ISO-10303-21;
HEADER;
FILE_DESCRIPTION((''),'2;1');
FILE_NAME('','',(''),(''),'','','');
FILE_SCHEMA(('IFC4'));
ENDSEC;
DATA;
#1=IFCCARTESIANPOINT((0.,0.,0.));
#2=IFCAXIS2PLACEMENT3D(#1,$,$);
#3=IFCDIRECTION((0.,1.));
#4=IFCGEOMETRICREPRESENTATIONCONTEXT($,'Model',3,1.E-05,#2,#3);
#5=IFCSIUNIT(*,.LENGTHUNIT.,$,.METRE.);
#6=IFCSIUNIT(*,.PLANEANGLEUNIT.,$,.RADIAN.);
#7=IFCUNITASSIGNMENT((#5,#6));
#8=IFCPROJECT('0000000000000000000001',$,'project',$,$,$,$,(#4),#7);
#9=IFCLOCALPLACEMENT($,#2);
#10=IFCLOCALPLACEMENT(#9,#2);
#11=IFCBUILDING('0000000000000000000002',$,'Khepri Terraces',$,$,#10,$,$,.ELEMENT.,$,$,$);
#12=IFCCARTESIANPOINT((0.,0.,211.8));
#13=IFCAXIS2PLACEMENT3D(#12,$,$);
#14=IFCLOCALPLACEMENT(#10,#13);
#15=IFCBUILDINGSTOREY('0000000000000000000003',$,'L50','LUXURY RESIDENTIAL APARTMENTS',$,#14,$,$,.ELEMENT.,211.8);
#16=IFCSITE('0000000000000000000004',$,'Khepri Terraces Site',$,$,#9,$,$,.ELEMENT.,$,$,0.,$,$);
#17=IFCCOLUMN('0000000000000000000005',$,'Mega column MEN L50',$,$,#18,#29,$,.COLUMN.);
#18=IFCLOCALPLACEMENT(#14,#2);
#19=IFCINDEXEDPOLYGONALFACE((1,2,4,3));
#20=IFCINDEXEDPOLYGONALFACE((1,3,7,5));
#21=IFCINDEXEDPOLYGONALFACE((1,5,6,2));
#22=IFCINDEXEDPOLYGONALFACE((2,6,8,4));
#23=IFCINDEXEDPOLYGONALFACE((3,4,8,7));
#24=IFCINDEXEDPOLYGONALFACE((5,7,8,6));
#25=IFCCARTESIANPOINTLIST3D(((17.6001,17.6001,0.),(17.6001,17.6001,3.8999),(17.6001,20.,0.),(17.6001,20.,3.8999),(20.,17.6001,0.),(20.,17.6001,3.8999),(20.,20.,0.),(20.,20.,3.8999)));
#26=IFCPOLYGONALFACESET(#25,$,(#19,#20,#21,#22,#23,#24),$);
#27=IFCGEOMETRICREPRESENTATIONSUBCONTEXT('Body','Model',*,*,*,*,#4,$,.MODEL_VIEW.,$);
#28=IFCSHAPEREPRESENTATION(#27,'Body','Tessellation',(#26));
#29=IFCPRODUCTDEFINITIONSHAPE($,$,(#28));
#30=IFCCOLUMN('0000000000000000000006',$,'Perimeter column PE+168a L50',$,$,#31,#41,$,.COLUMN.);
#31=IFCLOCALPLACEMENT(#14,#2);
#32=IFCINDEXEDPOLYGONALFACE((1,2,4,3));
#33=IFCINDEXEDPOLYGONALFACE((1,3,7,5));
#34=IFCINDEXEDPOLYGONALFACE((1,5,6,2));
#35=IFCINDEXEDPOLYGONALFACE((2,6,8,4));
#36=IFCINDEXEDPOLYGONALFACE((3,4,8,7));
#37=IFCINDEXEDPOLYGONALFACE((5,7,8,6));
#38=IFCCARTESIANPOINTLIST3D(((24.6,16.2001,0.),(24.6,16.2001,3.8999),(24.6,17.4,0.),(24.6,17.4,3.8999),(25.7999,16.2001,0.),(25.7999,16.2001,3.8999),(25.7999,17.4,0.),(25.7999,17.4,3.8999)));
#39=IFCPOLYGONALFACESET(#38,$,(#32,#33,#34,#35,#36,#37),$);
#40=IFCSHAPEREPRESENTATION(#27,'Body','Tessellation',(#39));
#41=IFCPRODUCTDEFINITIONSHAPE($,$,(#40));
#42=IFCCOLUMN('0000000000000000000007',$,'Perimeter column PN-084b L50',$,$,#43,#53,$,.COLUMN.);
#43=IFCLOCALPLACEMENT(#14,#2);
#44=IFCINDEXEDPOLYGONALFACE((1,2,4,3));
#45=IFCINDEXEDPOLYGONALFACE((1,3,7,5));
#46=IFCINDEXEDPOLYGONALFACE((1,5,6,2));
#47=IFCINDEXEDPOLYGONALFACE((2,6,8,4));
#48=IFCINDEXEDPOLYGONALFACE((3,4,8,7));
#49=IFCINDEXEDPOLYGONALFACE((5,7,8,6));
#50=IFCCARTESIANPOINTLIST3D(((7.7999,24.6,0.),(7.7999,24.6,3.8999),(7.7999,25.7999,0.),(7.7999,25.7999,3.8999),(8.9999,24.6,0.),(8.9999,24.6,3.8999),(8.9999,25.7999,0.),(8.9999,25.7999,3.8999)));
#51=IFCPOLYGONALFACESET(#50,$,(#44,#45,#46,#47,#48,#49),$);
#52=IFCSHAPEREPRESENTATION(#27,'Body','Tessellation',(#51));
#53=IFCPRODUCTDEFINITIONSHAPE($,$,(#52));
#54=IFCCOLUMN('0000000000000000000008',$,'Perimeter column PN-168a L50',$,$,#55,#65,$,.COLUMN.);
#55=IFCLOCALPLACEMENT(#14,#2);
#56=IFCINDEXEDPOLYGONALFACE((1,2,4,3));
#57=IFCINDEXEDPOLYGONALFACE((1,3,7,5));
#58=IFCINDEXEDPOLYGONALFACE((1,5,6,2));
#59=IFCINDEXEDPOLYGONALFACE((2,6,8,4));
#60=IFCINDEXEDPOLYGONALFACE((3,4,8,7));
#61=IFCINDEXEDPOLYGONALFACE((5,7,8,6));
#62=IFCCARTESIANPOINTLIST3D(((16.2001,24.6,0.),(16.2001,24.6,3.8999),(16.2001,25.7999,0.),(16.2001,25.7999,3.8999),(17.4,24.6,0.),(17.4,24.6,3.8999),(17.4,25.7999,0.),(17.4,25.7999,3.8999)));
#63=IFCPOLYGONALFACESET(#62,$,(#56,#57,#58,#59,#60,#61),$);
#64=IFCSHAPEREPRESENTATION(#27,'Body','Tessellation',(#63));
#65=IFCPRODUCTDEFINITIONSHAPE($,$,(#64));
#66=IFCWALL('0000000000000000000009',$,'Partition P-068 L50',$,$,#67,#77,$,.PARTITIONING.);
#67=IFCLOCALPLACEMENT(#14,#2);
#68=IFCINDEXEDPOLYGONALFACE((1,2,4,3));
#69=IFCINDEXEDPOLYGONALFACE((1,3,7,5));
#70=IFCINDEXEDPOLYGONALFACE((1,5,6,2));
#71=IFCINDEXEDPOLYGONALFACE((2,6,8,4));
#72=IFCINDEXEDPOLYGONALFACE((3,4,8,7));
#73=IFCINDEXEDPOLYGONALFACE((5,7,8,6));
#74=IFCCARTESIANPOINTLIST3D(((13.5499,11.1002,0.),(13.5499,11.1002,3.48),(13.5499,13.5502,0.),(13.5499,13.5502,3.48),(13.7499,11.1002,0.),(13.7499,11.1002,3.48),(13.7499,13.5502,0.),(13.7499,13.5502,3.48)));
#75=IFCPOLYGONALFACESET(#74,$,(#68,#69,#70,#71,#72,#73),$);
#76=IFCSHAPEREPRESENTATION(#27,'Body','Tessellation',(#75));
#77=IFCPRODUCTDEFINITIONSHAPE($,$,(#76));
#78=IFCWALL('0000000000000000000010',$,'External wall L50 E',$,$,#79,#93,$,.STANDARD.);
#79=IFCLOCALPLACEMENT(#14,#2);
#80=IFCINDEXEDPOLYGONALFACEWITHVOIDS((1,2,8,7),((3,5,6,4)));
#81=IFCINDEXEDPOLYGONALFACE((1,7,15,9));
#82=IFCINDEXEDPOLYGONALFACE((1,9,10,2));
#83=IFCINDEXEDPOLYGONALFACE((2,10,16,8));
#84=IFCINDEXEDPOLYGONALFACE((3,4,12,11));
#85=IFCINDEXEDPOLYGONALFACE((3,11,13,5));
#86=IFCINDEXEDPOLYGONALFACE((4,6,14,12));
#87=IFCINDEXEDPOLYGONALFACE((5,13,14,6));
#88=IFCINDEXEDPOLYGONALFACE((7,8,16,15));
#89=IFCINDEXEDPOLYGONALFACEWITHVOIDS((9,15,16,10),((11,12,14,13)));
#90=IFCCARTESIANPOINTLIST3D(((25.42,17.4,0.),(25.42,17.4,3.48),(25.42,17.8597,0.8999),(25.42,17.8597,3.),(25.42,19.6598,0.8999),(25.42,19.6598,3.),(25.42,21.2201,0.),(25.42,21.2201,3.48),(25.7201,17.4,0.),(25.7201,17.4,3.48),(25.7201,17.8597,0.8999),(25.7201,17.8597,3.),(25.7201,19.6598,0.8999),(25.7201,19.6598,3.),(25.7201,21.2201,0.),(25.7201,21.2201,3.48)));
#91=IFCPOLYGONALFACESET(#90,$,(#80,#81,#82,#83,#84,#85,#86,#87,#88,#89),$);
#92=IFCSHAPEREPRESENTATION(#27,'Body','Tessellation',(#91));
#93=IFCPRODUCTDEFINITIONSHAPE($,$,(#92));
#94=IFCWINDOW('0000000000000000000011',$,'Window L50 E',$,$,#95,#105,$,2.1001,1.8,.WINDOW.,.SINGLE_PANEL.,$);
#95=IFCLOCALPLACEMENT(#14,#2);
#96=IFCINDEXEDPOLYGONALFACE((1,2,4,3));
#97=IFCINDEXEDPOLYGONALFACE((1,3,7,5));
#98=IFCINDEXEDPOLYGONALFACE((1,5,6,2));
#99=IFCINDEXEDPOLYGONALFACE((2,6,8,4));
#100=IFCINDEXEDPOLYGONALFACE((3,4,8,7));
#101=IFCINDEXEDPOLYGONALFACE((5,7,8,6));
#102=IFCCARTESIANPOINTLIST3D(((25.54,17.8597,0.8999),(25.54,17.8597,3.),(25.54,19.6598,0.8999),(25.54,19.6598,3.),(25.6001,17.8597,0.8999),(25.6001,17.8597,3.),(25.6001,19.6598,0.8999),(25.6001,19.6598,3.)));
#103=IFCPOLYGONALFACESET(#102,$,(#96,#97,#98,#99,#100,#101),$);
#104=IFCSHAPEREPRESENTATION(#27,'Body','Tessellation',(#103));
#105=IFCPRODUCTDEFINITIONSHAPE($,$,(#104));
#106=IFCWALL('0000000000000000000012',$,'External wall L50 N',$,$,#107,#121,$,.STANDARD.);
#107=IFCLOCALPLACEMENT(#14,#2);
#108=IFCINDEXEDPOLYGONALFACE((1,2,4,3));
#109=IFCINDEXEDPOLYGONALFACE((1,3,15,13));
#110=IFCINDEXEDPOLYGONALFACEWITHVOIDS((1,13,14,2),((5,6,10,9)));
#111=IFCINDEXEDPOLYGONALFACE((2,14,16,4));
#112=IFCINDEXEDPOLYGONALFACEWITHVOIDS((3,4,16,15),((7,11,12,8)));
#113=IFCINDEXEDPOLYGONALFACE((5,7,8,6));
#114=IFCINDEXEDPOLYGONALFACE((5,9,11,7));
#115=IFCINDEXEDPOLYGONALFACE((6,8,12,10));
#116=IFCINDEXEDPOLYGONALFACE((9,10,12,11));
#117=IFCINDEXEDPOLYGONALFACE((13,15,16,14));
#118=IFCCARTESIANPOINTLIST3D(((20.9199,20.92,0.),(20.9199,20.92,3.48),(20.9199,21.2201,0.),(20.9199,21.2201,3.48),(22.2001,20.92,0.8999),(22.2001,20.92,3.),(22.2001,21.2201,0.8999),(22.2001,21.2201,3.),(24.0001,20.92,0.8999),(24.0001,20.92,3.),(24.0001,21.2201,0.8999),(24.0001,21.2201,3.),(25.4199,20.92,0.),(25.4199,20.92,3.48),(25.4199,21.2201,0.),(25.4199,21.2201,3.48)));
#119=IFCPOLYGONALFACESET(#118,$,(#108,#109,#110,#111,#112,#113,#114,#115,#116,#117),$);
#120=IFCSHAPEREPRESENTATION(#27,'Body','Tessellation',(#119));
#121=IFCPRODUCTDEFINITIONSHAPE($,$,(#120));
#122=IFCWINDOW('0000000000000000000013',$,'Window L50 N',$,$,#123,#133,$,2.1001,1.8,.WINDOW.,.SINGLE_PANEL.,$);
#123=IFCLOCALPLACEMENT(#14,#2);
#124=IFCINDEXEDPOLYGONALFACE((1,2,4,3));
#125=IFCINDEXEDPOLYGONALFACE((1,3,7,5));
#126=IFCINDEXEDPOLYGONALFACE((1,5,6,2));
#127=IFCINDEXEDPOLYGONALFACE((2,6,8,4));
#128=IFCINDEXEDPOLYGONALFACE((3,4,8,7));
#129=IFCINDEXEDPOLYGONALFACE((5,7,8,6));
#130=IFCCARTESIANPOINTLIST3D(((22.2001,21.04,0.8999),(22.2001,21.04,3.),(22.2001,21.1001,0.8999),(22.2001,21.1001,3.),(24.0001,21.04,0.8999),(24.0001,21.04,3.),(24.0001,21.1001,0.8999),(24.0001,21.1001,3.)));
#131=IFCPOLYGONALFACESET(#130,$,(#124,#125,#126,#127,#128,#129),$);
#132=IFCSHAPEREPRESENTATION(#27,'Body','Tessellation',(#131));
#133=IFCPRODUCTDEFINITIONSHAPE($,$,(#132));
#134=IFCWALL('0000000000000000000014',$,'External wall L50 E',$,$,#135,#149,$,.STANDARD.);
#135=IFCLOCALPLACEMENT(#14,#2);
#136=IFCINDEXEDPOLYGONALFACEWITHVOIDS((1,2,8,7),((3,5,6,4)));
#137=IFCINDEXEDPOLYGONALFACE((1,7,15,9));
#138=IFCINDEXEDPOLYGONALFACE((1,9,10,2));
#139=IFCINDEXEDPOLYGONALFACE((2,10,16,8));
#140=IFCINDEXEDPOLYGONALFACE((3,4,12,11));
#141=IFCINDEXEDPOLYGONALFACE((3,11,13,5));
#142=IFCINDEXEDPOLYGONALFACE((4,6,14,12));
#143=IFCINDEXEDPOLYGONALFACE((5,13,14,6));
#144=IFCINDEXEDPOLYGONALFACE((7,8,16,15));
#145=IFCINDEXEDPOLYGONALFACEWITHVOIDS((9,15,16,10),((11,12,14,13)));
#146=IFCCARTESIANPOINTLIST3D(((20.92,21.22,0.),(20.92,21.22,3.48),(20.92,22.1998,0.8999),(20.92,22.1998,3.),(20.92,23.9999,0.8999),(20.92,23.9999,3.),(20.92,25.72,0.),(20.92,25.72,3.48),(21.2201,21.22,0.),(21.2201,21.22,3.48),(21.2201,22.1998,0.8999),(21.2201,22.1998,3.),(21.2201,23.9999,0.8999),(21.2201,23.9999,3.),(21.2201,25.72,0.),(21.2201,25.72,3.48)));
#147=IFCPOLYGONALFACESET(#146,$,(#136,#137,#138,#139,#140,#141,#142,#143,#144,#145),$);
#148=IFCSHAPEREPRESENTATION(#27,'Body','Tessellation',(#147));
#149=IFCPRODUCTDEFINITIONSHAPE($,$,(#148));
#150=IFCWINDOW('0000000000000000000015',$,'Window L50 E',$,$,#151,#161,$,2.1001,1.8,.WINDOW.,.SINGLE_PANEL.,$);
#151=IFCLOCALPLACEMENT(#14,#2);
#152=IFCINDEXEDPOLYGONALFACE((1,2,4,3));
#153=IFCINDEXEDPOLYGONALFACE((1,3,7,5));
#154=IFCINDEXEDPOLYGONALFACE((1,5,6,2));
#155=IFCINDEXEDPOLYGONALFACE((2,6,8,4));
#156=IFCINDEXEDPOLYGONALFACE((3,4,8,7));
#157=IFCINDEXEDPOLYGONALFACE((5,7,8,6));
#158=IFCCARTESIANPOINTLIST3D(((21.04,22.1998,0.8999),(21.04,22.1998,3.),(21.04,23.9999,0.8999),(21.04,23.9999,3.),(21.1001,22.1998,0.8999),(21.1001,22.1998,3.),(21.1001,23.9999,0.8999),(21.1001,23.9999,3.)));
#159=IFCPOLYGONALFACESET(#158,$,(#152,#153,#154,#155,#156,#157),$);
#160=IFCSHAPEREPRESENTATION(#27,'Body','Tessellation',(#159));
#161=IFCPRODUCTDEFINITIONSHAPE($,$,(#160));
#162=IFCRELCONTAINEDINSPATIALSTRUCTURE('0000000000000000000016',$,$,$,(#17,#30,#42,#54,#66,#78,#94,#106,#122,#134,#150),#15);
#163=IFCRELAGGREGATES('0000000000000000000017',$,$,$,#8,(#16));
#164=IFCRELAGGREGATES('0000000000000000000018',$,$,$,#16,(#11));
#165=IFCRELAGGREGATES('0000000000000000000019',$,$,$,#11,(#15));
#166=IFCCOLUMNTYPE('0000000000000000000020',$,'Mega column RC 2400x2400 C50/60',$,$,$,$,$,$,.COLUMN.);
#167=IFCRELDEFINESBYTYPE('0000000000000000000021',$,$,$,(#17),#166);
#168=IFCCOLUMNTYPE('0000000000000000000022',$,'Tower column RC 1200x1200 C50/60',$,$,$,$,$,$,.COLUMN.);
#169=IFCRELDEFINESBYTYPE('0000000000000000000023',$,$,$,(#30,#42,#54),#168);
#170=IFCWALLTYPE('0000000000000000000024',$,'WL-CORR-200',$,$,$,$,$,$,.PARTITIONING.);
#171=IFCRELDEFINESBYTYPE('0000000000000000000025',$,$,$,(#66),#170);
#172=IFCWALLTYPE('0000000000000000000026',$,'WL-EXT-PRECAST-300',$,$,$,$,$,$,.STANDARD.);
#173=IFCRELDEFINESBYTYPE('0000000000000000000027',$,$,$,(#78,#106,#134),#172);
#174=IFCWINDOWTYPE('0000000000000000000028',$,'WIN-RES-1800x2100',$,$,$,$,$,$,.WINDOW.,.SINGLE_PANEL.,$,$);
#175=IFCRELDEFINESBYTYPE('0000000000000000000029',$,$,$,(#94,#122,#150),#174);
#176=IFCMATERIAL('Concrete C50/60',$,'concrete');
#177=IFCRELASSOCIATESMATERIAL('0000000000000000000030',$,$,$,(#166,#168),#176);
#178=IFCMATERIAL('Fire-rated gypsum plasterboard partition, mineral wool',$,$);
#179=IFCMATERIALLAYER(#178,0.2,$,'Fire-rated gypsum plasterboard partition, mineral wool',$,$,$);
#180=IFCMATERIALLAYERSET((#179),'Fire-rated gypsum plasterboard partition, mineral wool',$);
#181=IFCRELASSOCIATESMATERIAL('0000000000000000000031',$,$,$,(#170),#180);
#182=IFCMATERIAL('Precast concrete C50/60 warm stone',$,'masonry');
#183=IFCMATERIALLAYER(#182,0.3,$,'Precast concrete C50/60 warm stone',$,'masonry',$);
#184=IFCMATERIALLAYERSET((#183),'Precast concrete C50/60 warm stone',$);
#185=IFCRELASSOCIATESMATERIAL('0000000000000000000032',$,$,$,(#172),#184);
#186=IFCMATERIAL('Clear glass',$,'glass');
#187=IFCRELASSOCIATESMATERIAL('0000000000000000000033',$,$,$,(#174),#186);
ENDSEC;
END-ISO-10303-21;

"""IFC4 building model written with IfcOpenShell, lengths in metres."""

from ifc_helpers import new_model, si_unit, direction, frame, frame_2d, origin, origin_2d, place, context, subcontext, project, spatial, rectangle, extrude, material, layer, layer_set, material_profile, profile_set, type_object, element, fill, save


model = new_model("IFC4")

# Units and contexts
model_context = context("Model", 3, precision=1e-05, world=origin(), true_north=direction((0.0, 1.0)))
body_context = subcontext(model_context, "Body", "Model", "MODEL_VIEW")
ifc_project = project(units=[si_unit("LENGTHUNIT", "METRE"), si_unit("PLANEANGLEUNIT", "RADIAN")], contexts=[model_context])

# Site, building, storey
site_placement = place(None, origin())
site = spatial("IfcSite", under=ifc_project, at=site_placement, Name="Khepri Terraces Site", CompositionType="ELEMENT", RefElevation=0.0)
building_placement = place(site_placement, origin())
building = spatial("IfcBuilding", under=site, at=building_placement, Name="Khepri Terraces", CompositionType="ELEMENT")
storey_placement = place(building_placement, frame((0.0, 0.0, 211.8)))
storey = spatial("IfcBuildingStorey", under=building, at=storey_placement, Name="L50", Description="LUXURY RESIDENTIAL APARTMENTS", CompositionType="ELEMENT", Elevation=211.8)

# Columns
ifc_material_1 = material(Name="Concrete C50/60", Category="concrete")
ifc_material_profile_1 = material_profile(ifc_material_1, rectangle(XDim=2.3999, YDim=2.3999, at=origin_2d()), Name="Concrete C50/60", Category="concrete")
ifc_profile_set_1 = profile_set([ifc_material_profile_1], Name="Concrete C50/60")
column_type_1 = type_object("IfcColumnType", Name="Mega column RC 2400x2400 C50/60", PredefinedType="COLUMN", material=ifc_profile_set_1)
column_placement = place(storey_placement, frame((18.8, 18.8, 0.0), z_axis=(0.0, 0.0, 1.0), x_axis=(1.0, 0.0, 0.0)))
element("IfcColumn", 1, at=column_placement, inside=storey, type_object=column_type_1, Name="Mega column MEN L50", PredefinedType="COLUMN", context=body_context, shape_type="SweptSolid", body=[
    extrude(rectangle(XDim=2.3999, YDim=2.3999, at=origin_2d()), origin(), (0.0, 0.0, 1.0), 3.8999),
])
ifc_material_profile_2 = material_profile(ifc_material_1, rectangle(XDim=1.2, YDim=1.2, at=origin_2d()), Name="Concrete C50/60", Category="concrete")
ifc_profile_set_2 = profile_set([ifc_material_profile_2], Name="Concrete C50/60")
column_type_2 = type_object("IfcColumnType", Name="Tower column RC 1200x1200 C50/60", PredefinedType="COLUMN", material=ifc_profile_set_2)
for number, where, z_axis, x_axis, name in (
    (2, (25.2, 16.8, 0.0), (0.0, 0.0, 1.0), (1.0, 0.0, 0.0), "Perimeter column PE+168a L50"),
    (3, (8.3999, 25.2, 0.0), (0.0, 0.0, 1.0), (1.0, 0.0, 0.0), "Perimeter column PN-084b L50"),
    (4, (16.8, 25.2, 0.0), (0.0, 0.0, 1.0), (1.0, 0.0, 0.0), "Perimeter column PN-168a L50"),
):
    element("IfcColumn", number, at=place(storey_placement, frame(where, z_axis=z_axis, x_axis=x_axis)), inside=storey, type_object=column_type_2, Name=name, PredefinedType="COLUMN", context=body_context, shape_type="SweptSolid", body=[
        extrude(rectangle(XDim=1.2, YDim=1.2, at=origin_2d()), origin(), (0.0, 0.0, 1.0), 3.8999),
    ])

# Wall
ifc_material_2 = material(Name="Fire-rated gypsum plasterboard partition, mineral wool")
ifc_layer_1 = layer(ifc_material_2, 0.2, Name="Fire-rated gypsum plasterboard partition, mineral wool")
ifc_layer_set_1 = layer_set([ifc_layer_1], Name="Fire-rated gypsum plasterboard partition, mineral wool")
wall_type_1 = type_object("IfcWallType", Name="WL-CORR-200", PredefinedType="PARTITIONING", material=ifc_layer_set_1)
wall_1_placement = place(storey_placement, frame((13.6499, 11.1001, 0.0), z_axis=(0.0, 0.0, 1.0), x_axis=(0.0, 1.0, 0.0)))
element("IfcWall", 5, at=wall_1_placement, inside=storey, type_object=wall_type_1, Name="Partition P-068 L50", PredefinedType="PARTITIONING", context=body_context, shape_type="SweptSolid", body=[
    extrude(rectangle(XDim=2.45, YDim=0.2, at=frame_2d((1.2251, 0.0))), origin(), (0.0, 0.0, 1.0), 3.48),
])

# Walls, openings, windows
ifc_material_3 = material(Name="Precast concrete C50/60 warm stone", Category="masonry")
ifc_layer_2 = layer(ifc_material_3, 0.3, Name="Precast concrete C50/60 warm stone", Category="masonry")
ifc_layer_set_2 = layer_set([ifc_layer_2], Name="Precast concrete C50/60 warm stone")
wall_type_2 = type_object("IfcWallType", Name="WL-EXT-PRECAST-300", PredefinedType="STANDARD", material=ifc_layer_set_2)
wall_2_placement = place(storey_placement, frame((25.5701, 17.3999, 0.0), z_axis=(0.0, 0.0, 1.0), x_axis=(0.0, 1.0, 0.0)))
wall_2 = element("IfcWall", 6, at=wall_2_placement, inside=storey, type_object=wall_type_2, Name="External wall L50 E", PredefinedType="STANDARD", context=body_context, shape_type="SweptSolid", body=[
    extrude(rectangle(XDim=3.8201, YDim=0.3, at=frame_2d((1.9102, 0.0))), origin(), (0.0, 0.0, 1.0), 3.48),
])
opening_1_placement = place(wall_2_placement, frame((0.46, 0.0, 0.8999)))
opening_1 = element("IfcOpeningElement", 7, at=opening_1_placement, cuts=wall_2, PredefinedType="OPENING", context=body_context, shape_type="SweptSolid", body=[
    extrude(rectangle(XDim=1.8, YDim=2.1001, at=frame_2d((0.8999, 1.05))), frame((0.0, 0.1602, 0.0), z_axis=(0.0, -1.0, 0.0), x_axis=(1.0, 0.0, 0.0)), (0.0, 0.0, 1.0), 0.3201),
])
ifc_material_4 = material(Name="Clear glass", Category="glass")
window_type = type_object("IfcWindowType", Name="WIN-RES-1800x2100", PartitioningType="SINGLE_PANEL", PredefinedType="WINDOW", material=ifc_material_4)
window_1_placement = place(opening_1_placement, origin())
window_1 = element("IfcWindow", 8, at=window_1_placement, inside=storey, type_object=window_type, Name="Window L50 E", OverallHeight=2.1001, OverallWidth=1.8, PartitioningType="SINGLE_PANEL", PredefinedType="WINDOW", context=body_context, shape_type="SweptSolid", body=[
    extrude(rectangle(XDim=1.8, YDim=2.1001, at=frame_2d((0.8999, 1.05))), frame((0.0, 0.03, 0.0), z_axis=(0.0, -1.0, 0.0), x_axis=(1.0, 0.0, 0.0)), (0.0, 0.0, 1.0), 0.0601),
])
fill(opening_1, window_1)
wall_3_placement = place(storey_placement, frame((25.4199, 21.0701, 0.0), z_axis=(0.0, 0.0, 1.0), x_axis=(-1.0, 0.0, 0.0)))
wall_3 = element("IfcWall", 9, at=wall_3_placement, inside=storey, type_object=wall_type_2, Name="External wall L50 N", PredefinedType="STANDARD", context=body_context, shape_type="SweptSolid", body=[
    extrude(rectangle(XDim=4.5, YDim=0.3, at=frame_2d((2.25, 0.0))), origin(), (0.0, 0.0, 1.0), 3.48),
])
opening_2_placement = place(wall_3_placement, frame((1.4199, 0.0, 0.8999)))
opening_2 = element("IfcOpeningElement", 10, at=opening_2_placement, cuts=wall_3, PredefinedType="OPENING", context=body_context, shape_type="SweptSolid", body=[
    extrude(rectangle(XDim=1.8, YDim=2.1001, at=frame_2d((0.8999, 1.05))), frame((0.0, 0.1602, 0.0), z_axis=(0.0, -1.0, 0.0), x_axis=(1.0, 0.0, 0.0)), (0.0, 0.0, 1.0), 0.3201),
])
window_2_placement = place(opening_2_placement, origin())
window_2 = element("IfcWindow", 11, at=window_2_placement, inside=storey, type_object=window_type, Name="Window L50 N", OverallHeight=2.1001, OverallWidth=1.8, PartitioningType="SINGLE_PANEL", PredefinedType="WINDOW", context=body_context, shape_type="SweptSolid", body=[
    extrude(rectangle(XDim=1.8, YDim=2.1001, at=frame_2d((0.8999, 1.05))), frame((0.0, 0.03, 0.0), z_axis=(0.0, -1.0, 0.0), x_axis=(1.0, 0.0, 0.0)), (0.0, 0.0, 1.0), 0.0601),
])
fill(opening_2, window_2)
wall_4_placement = place(storey_placement, frame((21.0701, 21.22, 0.0), z_axis=(0.0, 0.0, 1.0), x_axis=(0.0, 1.0, 0.0)))
wall_4 = element("IfcWall", 12, at=wall_4_placement, inside=storey, type_object=wall_type_2, Name="External wall L50 E", PredefinedType="STANDARD", context=body_context, shape_type="SweptSolid", body=[
    extrude(rectangle(XDim=4.5, YDim=0.3, at=frame_2d((2.25, 0.0))), origin(), (0.0, 0.0, 1.0), 3.48),
])
opening_3_placement = place(wall_4_placement, frame((0.98, 0.0, 0.8999)))
opening_3 = element("IfcOpeningElement", 13, at=opening_3_placement, cuts=wall_4, PredefinedType="OPENING", context=body_context, shape_type="SweptSolid", body=[
    extrude(rectangle(XDim=1.8, YDim=2.1001, at=frame_2d((0.8999, 1.05))), frame((0.0, 0.1602, 0.0), z_axis=(0.0, -1.0, 0.0), x_axis=(1.0, 0.0, 0.0)), (0.0, 0.0, 1.0), 0.3201),
])
window_3_placement = place(opening_3_placement, origin())
window_3 = element("IfcWindow", 14, at=window_3_placement, inside=storey, type_object=window_type, Name="Window L50 E", OverallHeight=2.1001, OverallWidth=1.8, PartitioningType="SINGLE_PANEL", PredefinedType="WINDOW", context=body_context, shape_type="SweptSolid", body=[
    extrude(rectangle(XDim=1.8, YDim=2.1001, at=frame_2d((0.8999, 1.05))), frame((0.0, 0.03, 0.0), z_axis=(0.0, -1.0, 0.0), x_axis=(1.0, 0.0, 0.0)), (0.0, 0.0, 1.0), 0.0601),
])
fill(opening_3, window_3)

save(model, "model.ifc")
